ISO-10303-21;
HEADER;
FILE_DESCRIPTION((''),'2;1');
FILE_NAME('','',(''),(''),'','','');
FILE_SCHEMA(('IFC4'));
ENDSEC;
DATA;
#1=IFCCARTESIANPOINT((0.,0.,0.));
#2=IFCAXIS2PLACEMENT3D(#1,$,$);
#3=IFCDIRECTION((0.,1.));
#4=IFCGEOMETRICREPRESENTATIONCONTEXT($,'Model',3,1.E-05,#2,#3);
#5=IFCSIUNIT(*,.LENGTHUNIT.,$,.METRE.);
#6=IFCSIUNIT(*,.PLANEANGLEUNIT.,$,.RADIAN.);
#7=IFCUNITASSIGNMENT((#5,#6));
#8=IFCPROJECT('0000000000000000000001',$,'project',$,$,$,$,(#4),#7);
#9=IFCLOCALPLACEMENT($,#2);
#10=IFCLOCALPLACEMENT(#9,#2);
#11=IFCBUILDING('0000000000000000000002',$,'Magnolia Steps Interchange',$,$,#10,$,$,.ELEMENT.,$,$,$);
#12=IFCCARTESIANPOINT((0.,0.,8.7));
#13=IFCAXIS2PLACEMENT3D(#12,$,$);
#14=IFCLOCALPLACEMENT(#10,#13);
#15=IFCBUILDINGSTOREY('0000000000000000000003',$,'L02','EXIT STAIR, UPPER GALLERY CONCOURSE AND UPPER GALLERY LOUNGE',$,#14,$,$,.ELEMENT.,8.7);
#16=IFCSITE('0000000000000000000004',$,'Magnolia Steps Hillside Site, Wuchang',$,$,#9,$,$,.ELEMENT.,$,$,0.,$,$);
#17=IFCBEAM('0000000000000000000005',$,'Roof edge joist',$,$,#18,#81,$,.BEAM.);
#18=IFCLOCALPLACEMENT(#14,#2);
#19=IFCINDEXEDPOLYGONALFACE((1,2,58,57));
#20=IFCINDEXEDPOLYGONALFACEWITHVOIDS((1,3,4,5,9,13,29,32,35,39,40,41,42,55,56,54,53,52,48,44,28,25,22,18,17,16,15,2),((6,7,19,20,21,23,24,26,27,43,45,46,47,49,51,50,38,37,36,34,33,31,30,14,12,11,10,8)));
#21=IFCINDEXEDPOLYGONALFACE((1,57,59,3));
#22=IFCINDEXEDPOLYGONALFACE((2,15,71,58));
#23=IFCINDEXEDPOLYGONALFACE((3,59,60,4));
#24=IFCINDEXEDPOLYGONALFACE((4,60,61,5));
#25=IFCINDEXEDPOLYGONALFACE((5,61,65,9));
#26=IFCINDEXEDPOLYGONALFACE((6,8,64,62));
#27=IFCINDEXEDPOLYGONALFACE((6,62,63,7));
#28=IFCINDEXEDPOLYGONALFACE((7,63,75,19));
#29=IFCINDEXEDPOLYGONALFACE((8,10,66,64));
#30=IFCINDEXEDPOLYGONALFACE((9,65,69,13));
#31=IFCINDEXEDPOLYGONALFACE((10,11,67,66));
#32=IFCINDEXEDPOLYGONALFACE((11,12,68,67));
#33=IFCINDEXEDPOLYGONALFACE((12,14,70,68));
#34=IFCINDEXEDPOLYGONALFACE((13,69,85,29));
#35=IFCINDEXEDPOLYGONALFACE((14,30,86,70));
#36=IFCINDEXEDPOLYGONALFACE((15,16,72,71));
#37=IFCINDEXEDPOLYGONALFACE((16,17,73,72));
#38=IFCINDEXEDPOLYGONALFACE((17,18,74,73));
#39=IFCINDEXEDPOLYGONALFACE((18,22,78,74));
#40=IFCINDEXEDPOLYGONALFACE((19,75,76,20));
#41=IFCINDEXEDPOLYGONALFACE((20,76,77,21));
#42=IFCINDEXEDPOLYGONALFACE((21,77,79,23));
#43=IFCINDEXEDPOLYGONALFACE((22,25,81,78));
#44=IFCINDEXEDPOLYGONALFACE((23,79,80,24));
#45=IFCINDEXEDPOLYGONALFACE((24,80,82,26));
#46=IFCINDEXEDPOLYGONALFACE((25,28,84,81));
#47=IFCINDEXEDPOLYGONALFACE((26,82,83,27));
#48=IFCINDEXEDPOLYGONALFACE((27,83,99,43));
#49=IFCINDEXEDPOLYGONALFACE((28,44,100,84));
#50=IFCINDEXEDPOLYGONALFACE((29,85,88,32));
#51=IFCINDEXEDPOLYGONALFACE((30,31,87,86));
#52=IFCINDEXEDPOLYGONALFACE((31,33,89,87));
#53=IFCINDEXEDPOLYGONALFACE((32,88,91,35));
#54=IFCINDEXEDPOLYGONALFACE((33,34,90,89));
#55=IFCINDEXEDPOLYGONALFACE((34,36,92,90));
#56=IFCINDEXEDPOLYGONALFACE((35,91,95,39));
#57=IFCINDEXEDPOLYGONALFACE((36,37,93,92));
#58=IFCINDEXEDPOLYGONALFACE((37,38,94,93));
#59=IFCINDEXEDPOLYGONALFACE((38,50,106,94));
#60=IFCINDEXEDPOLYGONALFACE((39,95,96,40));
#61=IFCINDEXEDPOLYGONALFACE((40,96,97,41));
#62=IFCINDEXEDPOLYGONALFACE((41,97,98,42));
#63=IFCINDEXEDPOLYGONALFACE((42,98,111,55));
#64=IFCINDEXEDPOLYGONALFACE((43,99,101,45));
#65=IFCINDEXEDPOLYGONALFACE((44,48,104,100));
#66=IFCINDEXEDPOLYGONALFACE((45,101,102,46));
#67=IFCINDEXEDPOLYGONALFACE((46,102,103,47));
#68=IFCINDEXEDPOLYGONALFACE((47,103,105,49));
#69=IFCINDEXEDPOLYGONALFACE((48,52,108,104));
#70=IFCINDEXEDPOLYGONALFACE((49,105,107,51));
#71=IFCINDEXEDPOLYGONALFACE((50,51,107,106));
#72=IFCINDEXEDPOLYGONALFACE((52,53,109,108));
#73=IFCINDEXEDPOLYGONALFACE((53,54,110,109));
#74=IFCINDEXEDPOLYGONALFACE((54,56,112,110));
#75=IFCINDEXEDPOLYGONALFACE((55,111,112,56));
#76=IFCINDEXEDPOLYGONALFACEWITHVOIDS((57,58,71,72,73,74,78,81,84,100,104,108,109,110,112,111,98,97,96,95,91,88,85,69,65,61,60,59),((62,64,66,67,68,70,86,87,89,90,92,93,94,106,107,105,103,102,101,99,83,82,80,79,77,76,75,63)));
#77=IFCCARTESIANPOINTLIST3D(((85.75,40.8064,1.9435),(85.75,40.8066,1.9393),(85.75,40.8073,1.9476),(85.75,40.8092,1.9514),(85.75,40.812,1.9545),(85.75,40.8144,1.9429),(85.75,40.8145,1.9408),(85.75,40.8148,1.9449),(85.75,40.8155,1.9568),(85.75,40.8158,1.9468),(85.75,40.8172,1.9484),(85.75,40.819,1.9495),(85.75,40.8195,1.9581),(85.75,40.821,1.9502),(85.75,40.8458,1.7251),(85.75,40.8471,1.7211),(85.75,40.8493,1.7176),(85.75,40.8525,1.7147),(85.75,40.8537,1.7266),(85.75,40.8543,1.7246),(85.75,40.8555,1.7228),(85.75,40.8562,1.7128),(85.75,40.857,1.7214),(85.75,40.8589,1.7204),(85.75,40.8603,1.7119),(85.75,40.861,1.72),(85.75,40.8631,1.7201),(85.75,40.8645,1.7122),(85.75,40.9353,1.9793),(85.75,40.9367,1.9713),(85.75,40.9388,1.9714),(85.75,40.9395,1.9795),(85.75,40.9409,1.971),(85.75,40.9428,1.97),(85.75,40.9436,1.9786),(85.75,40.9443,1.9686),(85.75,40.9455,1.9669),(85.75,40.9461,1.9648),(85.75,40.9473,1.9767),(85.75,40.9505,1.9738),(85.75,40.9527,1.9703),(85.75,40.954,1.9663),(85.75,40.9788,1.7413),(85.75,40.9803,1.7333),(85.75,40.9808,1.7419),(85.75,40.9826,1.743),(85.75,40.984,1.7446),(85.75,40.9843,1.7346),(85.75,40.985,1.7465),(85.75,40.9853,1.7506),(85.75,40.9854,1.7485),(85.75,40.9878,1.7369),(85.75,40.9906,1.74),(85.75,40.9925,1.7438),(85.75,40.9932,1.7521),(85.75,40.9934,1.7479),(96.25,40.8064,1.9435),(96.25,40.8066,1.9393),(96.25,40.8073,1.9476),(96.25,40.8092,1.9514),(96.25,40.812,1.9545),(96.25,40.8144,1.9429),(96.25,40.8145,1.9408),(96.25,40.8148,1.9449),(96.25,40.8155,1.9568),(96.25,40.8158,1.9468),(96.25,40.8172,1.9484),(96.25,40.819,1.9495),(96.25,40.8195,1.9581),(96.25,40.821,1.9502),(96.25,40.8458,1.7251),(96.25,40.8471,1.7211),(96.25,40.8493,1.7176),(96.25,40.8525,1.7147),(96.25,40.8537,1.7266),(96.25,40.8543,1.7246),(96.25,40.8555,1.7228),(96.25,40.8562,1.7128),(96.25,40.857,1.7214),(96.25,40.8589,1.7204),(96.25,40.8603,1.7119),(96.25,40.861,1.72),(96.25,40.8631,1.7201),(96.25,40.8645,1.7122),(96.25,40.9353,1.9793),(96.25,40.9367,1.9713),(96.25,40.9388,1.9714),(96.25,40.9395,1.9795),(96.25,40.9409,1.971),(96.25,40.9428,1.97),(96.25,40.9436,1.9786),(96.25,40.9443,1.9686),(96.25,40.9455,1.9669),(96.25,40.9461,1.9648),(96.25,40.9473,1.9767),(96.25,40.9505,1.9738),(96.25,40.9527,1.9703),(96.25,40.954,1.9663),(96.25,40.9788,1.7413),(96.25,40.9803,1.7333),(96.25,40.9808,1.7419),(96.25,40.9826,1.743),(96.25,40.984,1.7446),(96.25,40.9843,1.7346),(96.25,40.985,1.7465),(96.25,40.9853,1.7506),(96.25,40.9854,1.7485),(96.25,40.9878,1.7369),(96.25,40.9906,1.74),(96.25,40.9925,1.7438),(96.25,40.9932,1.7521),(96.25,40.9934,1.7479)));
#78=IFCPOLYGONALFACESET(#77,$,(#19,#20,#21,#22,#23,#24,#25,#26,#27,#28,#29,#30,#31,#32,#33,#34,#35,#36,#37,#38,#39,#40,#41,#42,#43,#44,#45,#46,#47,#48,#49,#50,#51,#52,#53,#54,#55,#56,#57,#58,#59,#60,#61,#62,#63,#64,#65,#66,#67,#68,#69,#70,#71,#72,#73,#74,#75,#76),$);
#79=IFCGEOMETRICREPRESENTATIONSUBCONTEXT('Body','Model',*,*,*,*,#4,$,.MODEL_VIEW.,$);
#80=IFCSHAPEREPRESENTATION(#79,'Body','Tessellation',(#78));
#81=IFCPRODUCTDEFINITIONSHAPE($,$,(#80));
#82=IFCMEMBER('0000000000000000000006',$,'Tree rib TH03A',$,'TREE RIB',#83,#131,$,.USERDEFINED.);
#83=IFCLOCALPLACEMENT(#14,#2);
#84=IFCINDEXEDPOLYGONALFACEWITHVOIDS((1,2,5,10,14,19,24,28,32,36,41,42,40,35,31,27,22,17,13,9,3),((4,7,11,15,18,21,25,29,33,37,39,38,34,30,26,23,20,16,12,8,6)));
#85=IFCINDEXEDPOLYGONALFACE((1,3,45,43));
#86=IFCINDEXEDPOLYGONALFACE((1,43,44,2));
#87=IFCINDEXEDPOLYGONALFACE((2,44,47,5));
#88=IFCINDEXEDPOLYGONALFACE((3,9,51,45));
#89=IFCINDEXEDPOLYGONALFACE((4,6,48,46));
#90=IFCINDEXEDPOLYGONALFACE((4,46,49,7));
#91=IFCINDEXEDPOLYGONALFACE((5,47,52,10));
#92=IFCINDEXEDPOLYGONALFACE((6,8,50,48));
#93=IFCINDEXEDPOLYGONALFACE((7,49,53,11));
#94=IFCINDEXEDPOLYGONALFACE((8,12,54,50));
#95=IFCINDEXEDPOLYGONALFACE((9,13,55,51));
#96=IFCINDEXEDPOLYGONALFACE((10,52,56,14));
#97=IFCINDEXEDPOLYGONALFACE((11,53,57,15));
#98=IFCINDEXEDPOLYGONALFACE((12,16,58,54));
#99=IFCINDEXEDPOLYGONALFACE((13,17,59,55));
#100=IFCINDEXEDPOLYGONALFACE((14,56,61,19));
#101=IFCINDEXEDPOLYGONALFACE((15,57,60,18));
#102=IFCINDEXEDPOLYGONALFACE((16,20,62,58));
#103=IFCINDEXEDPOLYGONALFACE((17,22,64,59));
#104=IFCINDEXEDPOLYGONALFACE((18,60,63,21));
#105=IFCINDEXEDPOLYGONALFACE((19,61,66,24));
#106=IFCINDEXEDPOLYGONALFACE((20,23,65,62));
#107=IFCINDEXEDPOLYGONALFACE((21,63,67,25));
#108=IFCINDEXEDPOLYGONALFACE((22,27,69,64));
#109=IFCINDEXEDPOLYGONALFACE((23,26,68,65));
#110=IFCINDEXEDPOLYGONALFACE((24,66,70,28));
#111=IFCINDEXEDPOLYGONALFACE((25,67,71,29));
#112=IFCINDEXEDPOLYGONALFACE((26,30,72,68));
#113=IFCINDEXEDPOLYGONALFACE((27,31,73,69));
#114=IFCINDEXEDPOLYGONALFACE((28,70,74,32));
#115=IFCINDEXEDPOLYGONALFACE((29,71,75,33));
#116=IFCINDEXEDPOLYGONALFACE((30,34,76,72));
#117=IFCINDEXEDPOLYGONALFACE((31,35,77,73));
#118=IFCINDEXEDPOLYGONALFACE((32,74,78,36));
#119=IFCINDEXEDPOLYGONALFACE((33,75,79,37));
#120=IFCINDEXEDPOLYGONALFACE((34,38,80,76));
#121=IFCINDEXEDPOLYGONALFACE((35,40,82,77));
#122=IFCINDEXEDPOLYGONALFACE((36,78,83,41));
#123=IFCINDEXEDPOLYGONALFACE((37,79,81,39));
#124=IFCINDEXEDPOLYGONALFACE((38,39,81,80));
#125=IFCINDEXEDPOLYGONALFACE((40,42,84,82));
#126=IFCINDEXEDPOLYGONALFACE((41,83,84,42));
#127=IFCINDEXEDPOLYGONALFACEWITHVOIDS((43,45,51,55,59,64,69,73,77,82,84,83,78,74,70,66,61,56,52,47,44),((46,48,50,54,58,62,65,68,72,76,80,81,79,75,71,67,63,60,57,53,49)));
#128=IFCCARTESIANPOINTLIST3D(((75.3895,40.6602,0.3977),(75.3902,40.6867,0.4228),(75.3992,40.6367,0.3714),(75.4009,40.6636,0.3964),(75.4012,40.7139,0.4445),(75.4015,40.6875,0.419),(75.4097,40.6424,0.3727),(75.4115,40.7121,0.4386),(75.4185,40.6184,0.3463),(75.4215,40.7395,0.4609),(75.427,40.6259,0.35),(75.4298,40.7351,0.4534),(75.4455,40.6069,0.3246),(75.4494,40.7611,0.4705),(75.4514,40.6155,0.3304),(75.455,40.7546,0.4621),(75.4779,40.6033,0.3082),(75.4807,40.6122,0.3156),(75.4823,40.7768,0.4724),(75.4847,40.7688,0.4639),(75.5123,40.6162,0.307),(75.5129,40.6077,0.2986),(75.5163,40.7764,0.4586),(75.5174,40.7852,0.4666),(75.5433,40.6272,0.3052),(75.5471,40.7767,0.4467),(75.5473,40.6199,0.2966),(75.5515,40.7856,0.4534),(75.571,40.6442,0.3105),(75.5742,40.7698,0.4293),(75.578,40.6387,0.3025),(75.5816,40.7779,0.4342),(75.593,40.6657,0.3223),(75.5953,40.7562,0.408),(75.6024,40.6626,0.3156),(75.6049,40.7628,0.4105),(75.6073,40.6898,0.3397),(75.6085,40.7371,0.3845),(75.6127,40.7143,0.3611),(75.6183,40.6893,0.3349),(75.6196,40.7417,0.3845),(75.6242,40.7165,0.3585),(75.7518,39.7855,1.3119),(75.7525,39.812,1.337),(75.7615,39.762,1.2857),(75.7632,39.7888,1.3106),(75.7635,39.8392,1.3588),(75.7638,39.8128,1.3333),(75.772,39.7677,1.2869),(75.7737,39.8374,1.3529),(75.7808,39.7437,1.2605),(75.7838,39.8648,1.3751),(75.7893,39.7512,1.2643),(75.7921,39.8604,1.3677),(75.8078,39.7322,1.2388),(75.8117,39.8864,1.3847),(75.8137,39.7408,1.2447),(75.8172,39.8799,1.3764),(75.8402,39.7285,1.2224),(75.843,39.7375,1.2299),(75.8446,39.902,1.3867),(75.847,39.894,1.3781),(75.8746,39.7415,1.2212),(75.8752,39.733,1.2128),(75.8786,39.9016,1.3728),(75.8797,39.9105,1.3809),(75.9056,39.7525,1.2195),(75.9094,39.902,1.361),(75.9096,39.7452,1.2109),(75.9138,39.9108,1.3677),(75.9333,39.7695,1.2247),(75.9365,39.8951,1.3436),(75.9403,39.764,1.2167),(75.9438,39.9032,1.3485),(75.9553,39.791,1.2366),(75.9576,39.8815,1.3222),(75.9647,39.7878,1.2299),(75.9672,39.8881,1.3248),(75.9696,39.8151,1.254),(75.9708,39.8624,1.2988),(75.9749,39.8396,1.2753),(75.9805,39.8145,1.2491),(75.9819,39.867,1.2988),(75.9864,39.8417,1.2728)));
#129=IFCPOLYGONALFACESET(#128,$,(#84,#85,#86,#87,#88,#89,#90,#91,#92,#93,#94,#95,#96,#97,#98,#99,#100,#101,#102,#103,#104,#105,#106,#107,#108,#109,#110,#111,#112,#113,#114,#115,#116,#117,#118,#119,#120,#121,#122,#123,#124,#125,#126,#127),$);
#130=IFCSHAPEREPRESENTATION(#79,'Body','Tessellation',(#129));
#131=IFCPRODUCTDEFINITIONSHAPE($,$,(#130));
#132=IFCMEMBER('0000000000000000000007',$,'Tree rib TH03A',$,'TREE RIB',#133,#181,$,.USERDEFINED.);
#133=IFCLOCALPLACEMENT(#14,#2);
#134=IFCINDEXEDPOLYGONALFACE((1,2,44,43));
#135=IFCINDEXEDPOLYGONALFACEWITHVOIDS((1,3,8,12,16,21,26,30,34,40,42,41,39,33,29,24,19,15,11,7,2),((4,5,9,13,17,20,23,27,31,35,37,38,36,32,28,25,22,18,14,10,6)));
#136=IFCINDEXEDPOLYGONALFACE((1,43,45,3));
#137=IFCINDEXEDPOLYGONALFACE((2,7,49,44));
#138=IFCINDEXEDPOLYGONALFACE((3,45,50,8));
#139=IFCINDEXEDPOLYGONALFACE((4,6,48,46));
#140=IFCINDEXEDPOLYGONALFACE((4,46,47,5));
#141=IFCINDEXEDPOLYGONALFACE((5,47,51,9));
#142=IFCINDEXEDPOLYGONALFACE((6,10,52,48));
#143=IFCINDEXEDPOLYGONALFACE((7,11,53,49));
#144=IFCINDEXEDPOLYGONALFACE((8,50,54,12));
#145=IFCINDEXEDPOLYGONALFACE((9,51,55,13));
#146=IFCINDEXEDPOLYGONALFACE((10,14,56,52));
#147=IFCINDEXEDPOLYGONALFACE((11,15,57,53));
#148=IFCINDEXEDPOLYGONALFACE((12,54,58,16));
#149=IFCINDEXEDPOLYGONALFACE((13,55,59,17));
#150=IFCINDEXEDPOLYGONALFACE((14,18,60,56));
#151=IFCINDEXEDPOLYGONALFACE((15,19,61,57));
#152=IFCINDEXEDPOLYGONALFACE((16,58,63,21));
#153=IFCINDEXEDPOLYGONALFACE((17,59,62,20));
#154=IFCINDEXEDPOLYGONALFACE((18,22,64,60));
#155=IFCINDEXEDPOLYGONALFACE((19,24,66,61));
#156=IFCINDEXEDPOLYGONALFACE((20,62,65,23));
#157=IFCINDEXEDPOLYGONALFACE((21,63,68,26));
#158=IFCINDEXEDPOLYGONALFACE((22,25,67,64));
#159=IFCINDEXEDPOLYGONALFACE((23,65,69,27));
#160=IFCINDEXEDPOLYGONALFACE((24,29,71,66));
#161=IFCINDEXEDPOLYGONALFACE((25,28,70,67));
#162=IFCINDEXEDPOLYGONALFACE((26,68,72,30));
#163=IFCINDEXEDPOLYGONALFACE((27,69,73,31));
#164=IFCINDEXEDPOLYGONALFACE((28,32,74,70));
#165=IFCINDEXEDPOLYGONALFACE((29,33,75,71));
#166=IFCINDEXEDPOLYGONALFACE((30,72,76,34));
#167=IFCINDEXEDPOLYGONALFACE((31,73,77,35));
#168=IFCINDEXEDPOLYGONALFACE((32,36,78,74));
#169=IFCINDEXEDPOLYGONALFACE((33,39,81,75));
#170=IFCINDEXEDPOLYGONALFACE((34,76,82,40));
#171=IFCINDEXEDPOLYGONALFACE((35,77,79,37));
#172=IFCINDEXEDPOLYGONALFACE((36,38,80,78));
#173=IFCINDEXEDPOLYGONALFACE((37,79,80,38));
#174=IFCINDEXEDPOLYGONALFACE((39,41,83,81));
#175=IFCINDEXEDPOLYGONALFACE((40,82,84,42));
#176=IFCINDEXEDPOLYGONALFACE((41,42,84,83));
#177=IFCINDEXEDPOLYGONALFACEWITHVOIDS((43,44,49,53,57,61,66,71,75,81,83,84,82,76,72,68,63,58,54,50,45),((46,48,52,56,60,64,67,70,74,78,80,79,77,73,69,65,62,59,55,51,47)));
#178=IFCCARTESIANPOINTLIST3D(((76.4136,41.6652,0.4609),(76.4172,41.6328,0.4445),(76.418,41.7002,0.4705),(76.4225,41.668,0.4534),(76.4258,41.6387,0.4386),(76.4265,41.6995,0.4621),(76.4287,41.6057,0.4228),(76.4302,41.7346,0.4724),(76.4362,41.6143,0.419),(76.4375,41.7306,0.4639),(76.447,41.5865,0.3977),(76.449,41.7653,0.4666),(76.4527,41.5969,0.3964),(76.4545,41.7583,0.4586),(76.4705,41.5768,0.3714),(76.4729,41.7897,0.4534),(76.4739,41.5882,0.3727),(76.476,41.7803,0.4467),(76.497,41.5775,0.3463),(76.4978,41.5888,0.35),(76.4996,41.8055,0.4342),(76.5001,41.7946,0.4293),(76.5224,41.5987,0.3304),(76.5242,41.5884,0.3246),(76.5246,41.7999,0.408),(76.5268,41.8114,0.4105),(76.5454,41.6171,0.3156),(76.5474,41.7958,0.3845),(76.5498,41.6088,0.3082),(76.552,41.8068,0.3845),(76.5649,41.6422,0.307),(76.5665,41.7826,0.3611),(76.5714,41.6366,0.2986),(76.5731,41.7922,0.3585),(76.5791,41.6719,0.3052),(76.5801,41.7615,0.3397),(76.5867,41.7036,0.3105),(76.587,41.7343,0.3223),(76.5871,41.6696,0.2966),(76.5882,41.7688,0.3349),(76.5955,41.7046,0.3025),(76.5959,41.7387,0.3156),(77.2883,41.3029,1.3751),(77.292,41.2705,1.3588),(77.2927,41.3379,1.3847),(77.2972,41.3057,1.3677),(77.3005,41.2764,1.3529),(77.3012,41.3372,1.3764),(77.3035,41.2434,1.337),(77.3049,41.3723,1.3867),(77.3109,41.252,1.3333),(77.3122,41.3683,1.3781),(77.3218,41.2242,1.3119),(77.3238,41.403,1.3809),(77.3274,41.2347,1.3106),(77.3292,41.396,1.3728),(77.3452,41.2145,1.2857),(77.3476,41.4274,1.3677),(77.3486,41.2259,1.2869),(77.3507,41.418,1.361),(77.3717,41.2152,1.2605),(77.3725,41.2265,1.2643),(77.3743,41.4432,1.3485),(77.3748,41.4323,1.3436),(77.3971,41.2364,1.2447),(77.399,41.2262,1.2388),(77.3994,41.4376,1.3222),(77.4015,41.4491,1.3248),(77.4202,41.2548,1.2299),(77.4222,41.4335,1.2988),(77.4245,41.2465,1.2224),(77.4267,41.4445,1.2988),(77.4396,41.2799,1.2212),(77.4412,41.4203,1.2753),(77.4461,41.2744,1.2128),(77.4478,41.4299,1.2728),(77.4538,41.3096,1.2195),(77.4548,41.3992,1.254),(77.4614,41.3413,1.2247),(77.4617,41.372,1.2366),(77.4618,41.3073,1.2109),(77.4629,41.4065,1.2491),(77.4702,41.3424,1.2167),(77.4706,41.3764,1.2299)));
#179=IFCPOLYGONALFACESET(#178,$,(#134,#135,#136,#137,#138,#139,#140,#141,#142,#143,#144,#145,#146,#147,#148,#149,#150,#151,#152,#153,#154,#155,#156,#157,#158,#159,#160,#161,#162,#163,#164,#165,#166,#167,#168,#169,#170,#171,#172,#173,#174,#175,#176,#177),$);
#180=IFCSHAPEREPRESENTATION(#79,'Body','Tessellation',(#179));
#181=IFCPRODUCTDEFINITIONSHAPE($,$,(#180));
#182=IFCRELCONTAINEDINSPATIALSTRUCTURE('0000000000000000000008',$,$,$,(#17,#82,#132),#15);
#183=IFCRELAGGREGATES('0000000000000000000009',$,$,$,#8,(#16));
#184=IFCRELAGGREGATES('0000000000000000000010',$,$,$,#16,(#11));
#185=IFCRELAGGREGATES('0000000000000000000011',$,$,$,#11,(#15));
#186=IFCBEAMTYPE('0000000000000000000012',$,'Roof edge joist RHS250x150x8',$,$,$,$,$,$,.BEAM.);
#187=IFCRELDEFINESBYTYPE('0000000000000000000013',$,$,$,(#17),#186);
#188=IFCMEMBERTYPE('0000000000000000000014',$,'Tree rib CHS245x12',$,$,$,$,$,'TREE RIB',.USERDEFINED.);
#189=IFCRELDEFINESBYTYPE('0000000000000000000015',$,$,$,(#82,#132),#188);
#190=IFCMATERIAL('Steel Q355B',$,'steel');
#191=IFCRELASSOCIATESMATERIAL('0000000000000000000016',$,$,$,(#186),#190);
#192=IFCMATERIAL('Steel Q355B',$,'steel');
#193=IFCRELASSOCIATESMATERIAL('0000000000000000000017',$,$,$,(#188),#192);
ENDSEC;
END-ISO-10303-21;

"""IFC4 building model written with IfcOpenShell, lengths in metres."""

from ifc_helpers import new_model, si_unit, direction, frame, origin, origin_2d, place, context, subcontext, project, spatial, hollow_rectangle, hollow_circle, extrude, material, material_profile, profile_set, type_object, element, save


model = new_model("IFC4")

# Units and contexts
model_context = context("Model", 3, precision=1e-05, world=origin(), true_north=direction((0.0, 1.0)))
body_context = subcontext(model_context, "Body", "Model", "MODEL_VIEW")
ifc_project = project(units=[si_unit("LENGTHUNIT", "METRE"), si_unit("PLANEANGLEUNIT", "RADIAN")], contexts=[model_context])

# Site, building, storey
site_placement = place(None, origin())
site = spatial("IfcSite", under=ifc_project, at=site_placement, Name="Magnolia Steps Hillside Site, Wuchang", CompositionType="ELEMENT", RefElevation=0.0)
building_placement = place(site_placement, origin())
building = spatial("IfcBuilding", under=site, at=building_placement, Name="Magnolia Steps Interchange", CompositionType="ELEMENT")
storey_placement = place(building_placement, frame((0.0, 0.0, 8.7)))
storey = spatial("IfcBuildingStorey", under=building, at=storey_placement, Name="L02", Description="EXIT STAIR, UPPER GALLERY CONCOURSE AND UPPER GALLERY LOUNGE", CompositionType="ELEMENT", Elevation=8.7)

# Beam
ifc_material_1 = material(Name="Steel Q355B", Category="steel")
ifc_material_profile_1 = material_profile(ifc_material_1, hollow_rectangle(XDim=0.1499, YDim=0.25, WallThickness=0.0081, InnerFilletRadius=0.0081, OuterFilletRadius=0.0161, at=origin_2d()), Name="RHS250x150x8")
ifc_profile_set_1 = profile_set([ifc_material_profile_1], Name="Steel Q355B")
beam_type_1 = type_object("IfcBeamType", Name="Roof edge joist RHS250x150x8", PredefinedType="BEAM", material=ifc_profile_set_1)
beam_1_placement = place(storey_placement, frame((85.75, 40.8999, 1.8457), z_axis=(1.0, 0.0, 0.0), x_axis=(0.0, 0.983677, 0.179941)))
element("IfcBeam", 1, at=beam_1_placement, inside=storey, type_object=beam_type_1, Name="Roof edge joist", PredefinedType="BEAM", context=body_context, shape_type="SweptSolid", body=[
    extrude(hollow_rectangle(XDim=0.1499, YDim=0.25, WallThickness=0.0081, InnerFilletRadius=0.0081, OuterFilletRadius=0.0161, at=origin_2d()), origin(), (0.0, 0.0, 1.0), 10.5),
])

# Members
ifc_material_2 = material(Name="Steel Q355B", Category="steel")
ifc_material_profile_2 = material_profile(ifc_material_2, hollow_circle(Radius=0.1226, WallThickness=0.012, at=origin_2d()), Name="CHS245x12")
ifc_profile_set_2 = profile_set([ifc_material_profile_2], Name="Steel Q355B")
member_type = type_object("IfcMemberType", Name="Tree rib CHS245x12", ElementType="TREE RIB", PredefinedType="USERDEFINED", material=ifc_profile_set_2)
for number, where, z_axis, x_axis, name in (
    (2, (75.5063, 40.6948, 0.3845), (0.275263, -0.6646, 0.694649), (0.923891, 0.382655, 0.0), "Tree rib TH03A"),
    (3, (76.5051, 41.6936, 0.3845), (0.6646, -0.275263, 0.694649), (0.382655, 0.923891, 0.0), "Tree rib TH03A"),
):
    element("IfcMember", number, at=place(storey_placement, frame(where, z_axis=z_axis, x_axis=x_axis)), inside=storey, type_object=member_type, Name=name, ObjectType="TREE RIB", PredefinedType="USERDEFINED", context=body_context, shape_type="SweptSolid", body=[
        extrude(hollow_circle(Radius=0.1226, WallThickness=0.012, at=origin_2d()), origin(), (0.0, 0.0, 1.0), 1.3162),
    ])

save(model, "model.ifc")
